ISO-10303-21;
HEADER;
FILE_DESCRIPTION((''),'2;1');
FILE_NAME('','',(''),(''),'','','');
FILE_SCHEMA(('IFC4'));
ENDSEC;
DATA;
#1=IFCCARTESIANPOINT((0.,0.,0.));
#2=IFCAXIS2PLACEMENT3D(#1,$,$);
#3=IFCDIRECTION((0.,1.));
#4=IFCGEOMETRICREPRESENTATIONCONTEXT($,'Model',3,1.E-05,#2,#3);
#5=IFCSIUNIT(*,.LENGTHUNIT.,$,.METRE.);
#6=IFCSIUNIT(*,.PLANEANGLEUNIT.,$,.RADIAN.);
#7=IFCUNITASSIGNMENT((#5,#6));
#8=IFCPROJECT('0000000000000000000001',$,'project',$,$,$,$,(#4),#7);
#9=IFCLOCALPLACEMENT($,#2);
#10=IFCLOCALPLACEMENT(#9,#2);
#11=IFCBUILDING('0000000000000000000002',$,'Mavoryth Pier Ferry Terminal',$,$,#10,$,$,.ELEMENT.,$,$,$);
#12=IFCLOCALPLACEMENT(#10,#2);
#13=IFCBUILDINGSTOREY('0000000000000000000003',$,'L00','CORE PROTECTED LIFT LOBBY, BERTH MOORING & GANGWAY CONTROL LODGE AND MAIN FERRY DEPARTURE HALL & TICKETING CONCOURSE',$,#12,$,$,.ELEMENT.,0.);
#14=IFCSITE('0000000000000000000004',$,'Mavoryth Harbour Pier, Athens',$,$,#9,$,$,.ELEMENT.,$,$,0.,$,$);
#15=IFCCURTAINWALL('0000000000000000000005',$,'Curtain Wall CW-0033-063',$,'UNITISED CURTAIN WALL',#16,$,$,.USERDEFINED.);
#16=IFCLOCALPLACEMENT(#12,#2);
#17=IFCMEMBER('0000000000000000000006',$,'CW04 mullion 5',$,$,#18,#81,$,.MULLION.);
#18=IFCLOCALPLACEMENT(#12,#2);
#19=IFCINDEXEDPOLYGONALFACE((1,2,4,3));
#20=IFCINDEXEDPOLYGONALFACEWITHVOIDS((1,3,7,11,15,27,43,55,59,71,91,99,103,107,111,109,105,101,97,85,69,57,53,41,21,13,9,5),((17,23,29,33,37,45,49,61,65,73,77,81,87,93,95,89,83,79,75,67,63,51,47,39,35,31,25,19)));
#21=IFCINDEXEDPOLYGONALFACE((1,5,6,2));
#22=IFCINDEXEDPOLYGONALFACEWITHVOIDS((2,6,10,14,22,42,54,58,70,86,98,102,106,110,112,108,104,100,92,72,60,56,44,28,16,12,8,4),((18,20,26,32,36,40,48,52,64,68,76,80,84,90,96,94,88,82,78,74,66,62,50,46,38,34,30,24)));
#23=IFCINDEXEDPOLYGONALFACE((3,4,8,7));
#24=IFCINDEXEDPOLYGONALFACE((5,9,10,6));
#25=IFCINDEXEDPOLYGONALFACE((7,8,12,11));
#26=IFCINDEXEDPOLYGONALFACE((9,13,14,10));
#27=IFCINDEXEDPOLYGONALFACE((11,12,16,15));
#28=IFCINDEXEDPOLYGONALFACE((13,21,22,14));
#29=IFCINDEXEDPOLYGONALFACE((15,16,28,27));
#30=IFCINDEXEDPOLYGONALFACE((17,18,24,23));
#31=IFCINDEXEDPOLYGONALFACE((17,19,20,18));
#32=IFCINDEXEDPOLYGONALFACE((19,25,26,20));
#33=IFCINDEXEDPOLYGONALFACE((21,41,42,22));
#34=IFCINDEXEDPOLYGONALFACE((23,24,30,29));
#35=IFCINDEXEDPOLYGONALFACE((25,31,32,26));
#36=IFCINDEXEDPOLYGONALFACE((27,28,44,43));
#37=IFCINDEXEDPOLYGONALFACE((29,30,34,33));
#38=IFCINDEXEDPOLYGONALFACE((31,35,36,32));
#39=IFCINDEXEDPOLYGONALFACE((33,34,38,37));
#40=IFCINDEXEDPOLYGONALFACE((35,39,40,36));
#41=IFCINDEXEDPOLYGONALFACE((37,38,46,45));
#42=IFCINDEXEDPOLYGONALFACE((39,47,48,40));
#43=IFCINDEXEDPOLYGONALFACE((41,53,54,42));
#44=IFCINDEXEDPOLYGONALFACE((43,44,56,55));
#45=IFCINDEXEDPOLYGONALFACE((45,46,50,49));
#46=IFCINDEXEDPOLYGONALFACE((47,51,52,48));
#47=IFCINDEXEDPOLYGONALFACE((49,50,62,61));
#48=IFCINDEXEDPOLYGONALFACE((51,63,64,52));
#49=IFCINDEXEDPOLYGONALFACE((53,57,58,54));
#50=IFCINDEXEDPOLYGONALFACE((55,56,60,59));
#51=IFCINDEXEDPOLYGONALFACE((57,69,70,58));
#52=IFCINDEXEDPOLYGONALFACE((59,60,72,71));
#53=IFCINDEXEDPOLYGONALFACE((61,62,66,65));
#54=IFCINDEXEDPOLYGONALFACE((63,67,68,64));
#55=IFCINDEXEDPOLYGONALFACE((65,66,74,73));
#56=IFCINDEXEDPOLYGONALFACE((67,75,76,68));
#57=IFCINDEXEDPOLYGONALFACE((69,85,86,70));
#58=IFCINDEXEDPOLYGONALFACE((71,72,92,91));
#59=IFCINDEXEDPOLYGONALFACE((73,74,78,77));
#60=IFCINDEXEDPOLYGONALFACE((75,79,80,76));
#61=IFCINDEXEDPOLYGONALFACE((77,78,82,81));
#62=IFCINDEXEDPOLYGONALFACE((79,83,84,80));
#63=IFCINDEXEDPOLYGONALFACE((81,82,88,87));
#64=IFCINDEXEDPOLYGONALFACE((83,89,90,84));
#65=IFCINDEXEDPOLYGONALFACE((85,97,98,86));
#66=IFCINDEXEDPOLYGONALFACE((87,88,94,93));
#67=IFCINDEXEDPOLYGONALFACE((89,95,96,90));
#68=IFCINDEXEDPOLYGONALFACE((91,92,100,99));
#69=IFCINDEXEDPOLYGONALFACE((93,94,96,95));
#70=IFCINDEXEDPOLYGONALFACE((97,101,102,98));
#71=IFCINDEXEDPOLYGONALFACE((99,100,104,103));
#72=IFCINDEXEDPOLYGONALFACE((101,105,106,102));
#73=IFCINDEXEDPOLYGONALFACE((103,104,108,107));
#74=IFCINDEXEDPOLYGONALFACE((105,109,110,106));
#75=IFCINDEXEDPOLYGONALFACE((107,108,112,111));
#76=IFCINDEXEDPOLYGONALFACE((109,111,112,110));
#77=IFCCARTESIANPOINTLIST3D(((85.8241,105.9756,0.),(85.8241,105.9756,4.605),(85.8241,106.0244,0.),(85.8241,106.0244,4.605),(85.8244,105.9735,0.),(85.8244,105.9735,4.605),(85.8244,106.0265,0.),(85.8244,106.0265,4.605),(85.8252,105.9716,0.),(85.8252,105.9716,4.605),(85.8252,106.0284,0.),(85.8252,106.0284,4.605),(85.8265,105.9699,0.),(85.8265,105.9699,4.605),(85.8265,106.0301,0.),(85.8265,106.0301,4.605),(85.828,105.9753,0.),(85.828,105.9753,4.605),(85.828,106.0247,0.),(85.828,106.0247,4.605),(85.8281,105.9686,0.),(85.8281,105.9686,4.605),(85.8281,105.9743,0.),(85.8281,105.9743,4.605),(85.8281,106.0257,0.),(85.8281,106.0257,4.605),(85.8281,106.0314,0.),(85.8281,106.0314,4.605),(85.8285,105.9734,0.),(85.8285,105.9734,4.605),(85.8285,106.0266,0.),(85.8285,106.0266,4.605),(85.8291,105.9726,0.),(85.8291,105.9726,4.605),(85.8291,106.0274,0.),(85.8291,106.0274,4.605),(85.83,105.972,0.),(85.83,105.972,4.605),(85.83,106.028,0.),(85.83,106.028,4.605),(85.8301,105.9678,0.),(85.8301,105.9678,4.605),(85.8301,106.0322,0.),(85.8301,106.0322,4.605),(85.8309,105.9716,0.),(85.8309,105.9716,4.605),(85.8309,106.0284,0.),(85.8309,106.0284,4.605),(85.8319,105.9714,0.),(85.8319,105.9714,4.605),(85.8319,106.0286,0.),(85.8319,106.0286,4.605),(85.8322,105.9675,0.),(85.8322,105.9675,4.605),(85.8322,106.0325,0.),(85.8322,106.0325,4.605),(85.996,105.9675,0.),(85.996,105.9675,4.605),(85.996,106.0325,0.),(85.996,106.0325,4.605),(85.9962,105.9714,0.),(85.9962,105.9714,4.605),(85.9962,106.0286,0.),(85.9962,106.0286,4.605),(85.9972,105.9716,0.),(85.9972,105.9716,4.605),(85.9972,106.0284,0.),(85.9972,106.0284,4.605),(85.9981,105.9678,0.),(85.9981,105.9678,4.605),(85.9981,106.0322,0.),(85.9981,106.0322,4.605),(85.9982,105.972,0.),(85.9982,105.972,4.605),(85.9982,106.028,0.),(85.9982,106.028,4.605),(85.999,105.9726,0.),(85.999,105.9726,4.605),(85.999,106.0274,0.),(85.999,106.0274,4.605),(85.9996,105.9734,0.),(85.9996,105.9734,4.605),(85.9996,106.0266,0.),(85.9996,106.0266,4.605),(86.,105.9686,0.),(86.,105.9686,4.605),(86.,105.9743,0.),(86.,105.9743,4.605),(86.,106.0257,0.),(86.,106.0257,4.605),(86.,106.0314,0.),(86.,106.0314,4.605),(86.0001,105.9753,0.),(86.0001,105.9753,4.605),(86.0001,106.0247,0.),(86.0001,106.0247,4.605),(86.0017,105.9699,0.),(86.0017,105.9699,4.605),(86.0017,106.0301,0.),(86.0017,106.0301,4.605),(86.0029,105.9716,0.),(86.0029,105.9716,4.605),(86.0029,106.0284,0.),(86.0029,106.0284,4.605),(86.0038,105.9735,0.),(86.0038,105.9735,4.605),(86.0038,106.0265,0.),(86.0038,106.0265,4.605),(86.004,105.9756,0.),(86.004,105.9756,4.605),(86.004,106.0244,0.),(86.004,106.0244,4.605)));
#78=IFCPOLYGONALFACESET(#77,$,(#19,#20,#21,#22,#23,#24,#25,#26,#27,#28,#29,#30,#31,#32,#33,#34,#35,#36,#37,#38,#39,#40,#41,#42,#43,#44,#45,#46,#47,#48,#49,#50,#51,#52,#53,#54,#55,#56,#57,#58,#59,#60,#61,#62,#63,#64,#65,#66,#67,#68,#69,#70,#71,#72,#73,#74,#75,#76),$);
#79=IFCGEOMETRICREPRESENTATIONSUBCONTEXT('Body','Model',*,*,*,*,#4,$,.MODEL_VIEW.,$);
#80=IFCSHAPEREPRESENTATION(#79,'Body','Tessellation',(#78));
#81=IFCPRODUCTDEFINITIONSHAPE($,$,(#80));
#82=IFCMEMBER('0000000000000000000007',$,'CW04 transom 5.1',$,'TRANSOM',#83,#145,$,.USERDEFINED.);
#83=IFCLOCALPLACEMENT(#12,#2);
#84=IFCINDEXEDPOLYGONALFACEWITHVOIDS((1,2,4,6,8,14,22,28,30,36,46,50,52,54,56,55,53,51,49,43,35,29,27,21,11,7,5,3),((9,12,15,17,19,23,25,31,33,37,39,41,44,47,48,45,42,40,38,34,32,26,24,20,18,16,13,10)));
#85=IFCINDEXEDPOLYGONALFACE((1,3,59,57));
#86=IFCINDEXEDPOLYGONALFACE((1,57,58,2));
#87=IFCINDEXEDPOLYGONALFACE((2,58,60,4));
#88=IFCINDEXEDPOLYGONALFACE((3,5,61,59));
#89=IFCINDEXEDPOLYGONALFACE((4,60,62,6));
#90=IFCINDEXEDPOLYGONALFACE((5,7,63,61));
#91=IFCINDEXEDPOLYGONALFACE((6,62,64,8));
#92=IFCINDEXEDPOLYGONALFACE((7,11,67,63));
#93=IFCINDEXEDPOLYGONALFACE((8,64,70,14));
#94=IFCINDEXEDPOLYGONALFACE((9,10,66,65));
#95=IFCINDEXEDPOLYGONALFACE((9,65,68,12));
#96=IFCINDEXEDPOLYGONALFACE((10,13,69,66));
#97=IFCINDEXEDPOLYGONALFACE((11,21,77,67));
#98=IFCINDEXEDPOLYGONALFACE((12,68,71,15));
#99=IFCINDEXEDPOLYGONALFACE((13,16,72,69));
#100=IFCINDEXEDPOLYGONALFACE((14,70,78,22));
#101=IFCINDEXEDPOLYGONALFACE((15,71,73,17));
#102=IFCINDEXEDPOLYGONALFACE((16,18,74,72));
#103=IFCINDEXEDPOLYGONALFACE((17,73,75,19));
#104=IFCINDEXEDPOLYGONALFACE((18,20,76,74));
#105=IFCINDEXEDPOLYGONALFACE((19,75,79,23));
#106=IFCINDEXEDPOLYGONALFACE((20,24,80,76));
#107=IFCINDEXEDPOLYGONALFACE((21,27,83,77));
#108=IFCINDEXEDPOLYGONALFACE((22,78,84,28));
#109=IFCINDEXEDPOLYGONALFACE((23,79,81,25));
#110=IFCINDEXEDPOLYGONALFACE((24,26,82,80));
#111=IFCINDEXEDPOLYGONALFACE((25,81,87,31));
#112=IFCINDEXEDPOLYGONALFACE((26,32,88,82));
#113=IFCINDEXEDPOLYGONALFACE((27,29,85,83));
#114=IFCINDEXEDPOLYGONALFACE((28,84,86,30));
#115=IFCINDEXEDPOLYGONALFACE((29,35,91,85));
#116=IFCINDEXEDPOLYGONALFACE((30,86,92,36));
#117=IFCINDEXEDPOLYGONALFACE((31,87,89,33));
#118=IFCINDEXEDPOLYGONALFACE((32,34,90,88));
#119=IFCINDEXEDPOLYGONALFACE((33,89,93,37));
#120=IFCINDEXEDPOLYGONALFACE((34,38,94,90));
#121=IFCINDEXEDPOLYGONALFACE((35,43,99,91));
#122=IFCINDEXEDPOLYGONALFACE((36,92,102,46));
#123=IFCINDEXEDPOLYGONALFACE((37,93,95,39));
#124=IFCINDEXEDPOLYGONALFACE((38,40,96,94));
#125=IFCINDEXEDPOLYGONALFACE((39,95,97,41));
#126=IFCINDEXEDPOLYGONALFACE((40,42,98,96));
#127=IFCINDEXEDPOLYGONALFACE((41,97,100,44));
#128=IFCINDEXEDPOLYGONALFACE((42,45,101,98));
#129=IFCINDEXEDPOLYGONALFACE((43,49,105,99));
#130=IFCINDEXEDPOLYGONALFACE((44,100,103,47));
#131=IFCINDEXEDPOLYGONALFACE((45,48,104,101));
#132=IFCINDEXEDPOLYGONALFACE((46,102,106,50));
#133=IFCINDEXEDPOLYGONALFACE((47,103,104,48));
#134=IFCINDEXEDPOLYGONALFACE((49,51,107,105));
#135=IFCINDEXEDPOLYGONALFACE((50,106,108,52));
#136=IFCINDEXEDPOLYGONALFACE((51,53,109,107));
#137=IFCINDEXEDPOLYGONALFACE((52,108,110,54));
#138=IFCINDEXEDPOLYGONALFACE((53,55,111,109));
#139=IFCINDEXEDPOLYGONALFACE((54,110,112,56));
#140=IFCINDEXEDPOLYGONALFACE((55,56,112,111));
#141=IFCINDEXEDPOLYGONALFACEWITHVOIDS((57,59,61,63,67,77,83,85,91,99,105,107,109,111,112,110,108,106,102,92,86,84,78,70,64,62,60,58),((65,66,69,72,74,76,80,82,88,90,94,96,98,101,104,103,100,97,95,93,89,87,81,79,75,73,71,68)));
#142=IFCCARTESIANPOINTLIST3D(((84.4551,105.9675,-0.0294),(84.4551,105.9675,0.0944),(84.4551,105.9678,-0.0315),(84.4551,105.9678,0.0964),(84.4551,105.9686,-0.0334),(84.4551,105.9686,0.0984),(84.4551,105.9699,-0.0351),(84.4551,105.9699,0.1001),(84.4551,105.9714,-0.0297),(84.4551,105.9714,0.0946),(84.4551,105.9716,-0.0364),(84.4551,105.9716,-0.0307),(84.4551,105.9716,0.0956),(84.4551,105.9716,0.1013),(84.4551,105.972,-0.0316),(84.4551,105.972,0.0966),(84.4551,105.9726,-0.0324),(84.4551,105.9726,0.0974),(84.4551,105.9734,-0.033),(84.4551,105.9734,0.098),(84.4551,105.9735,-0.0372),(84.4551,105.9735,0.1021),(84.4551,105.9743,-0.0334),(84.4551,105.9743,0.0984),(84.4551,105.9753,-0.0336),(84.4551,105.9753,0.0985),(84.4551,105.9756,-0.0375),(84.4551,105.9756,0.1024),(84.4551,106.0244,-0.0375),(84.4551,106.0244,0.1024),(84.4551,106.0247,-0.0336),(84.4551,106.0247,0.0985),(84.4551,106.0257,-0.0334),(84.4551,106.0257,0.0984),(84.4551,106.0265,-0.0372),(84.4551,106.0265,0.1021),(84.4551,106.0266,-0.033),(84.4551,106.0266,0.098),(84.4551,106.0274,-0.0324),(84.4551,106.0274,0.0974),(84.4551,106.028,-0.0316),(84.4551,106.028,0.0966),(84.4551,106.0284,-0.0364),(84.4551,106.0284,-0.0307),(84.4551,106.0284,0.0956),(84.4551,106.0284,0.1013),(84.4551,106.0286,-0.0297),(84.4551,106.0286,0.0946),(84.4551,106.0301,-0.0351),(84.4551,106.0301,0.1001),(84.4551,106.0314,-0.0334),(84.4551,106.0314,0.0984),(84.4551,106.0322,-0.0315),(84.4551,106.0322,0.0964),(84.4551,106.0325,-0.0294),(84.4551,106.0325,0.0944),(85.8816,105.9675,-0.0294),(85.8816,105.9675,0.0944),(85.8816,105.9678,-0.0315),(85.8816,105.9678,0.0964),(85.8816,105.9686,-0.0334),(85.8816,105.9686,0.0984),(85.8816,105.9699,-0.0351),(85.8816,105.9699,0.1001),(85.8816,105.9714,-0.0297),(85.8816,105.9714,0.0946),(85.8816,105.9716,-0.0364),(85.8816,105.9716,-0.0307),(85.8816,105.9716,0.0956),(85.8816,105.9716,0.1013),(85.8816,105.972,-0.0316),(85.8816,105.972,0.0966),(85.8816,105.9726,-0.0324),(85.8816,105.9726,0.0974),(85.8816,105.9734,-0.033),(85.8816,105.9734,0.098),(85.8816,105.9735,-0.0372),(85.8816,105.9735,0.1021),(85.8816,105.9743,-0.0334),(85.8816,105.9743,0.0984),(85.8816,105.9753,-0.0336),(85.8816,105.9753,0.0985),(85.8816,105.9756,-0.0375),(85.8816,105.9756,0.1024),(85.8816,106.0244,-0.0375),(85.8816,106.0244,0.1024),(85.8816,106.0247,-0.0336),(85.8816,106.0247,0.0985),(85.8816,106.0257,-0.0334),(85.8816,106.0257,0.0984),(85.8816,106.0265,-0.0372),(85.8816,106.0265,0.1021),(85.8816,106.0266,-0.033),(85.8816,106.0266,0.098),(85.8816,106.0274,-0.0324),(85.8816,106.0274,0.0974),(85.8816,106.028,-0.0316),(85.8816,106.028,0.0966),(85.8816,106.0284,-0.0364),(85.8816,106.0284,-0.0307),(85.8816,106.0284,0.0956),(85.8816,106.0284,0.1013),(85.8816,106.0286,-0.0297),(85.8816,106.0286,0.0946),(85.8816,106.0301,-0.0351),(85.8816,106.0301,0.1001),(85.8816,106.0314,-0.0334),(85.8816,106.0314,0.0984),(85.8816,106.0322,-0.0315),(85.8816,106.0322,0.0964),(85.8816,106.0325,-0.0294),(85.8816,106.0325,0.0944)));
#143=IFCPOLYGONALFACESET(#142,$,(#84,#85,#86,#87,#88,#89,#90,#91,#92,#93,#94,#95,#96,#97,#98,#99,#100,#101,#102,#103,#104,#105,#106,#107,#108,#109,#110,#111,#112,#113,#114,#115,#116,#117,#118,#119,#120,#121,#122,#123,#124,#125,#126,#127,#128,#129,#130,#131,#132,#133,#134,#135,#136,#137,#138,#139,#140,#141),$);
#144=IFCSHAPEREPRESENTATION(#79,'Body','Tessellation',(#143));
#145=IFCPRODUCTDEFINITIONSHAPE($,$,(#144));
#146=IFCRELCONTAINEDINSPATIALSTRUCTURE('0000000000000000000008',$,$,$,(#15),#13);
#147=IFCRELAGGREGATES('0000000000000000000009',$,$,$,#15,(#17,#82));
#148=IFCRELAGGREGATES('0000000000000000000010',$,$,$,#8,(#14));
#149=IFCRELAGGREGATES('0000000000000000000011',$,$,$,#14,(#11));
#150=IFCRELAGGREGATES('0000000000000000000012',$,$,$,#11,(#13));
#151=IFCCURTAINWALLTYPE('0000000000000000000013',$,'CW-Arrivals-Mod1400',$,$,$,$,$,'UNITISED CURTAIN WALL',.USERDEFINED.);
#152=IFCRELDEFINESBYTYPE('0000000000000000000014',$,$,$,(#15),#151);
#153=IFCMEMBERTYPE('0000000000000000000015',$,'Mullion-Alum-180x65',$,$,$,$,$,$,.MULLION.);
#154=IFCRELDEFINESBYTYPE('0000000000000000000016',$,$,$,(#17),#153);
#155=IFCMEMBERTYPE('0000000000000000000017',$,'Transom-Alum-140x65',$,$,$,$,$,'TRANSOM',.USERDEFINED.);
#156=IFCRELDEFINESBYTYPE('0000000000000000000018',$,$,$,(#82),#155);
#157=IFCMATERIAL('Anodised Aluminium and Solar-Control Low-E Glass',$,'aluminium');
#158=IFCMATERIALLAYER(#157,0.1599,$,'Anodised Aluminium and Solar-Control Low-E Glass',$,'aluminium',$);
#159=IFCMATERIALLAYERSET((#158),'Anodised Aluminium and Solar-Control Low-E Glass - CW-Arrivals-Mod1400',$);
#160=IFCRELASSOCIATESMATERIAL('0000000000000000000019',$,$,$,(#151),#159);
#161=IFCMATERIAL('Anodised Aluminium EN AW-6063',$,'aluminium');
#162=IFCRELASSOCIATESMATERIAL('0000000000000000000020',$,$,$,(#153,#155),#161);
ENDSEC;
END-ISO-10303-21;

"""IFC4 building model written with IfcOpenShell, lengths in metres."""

from ifc_helpers import new_model, si_unit, direction, frame, origin, origin_2d, place, context, subcontext, project, spatial, hollow_rectangle, extrude, material, layer, layer_set, material_profile, profile_set, type_object, element, aggregate, save


model = new_model("IFC4")

# Units and contexts
model_context = context("Model", 3, precision=1e-05, world=origin(), true_north=direction((0.0, 1.0)))
body_context = subcontext(model_context, "Body", "Model", "MODEL_VIEW")
ifc_project = project(units=[si_unit("LENGTHUNIT", "METRE"), si_unit("PLANEANGLEUNIT", "RADIAN")], contexts=[model_context])

# Site, building, storey
site_placement = place(None, origin())
site = spatial("IfcSite", under=ifc_project, at=site_placement, Name="Mavoryth Harbour Pier, Athens", CompositionType="ELEMENT", RefElevation=0.0)
building_placement = place(site_placement, origin())
building = spatial("IfcBuilding", under=site, at=building_placement, Name="Mavoryth Pier Ferry Terminal", CompositionType="ELEMENT")
storey_placement = place(building_placement, origin())
storey = spatial("IfcBuildingStorey", under=building, at=storey_placement, Name="L00", Description="CORE PROTECTED LIFT LOBBY, BERTH MOORING & GANGWAY CONTROL LODGE AND MAIN FERRY DEPARTURE HALL & TICKETING CONCOURSE", CompositionType="ELEMENT", Elevation=0.0)

# Curtain wall, members
ifc_material_1 = material(Name="Anodised Aluminium and Solar-Control Low-E Glass", Category="aluminium")
ifc_layer_1 = layer(ifc_material_1, 0.1599, Name="Anodised Aluminium and Solar-Control Low-E Glass", Category="aluminium")
ifc_layer_set_1 = layer_set([ifc_layer_1], Name="Anodised Aluminium and Solar-Control Low-E Glass - CW-Arrivals-Mod1400")
curtain_wall_type = type_object("IfcCurtainWallType", Name="CW-Arrivals-Mod1400", ElementType="UNITISED CURTAIN WALL", PredefinedType="USERDEFINED", material=ifc_layer_set_1)
curtain_wall_placement = place(storey_placement, origin())
curtain_wall = element("IfcCurtainWall", 1, at=curtain_wall_placement, inside=storey, type_object=curtain_wall_type, Name="Curtain Wall CW-0033-063", ObjectType="UNITISED CURTAIN WALL", PredefinedType="USERDEFINED")
ifc_material_2 = material(Name="Anodised Aluminium EN AW-6063", Category="aluminium")
ifc_material_profile_1 = material_profile(ifc_material_2, hollow_rectangle(XDim=0.0649, YDim=0.1799, WallThickness=0.0039, InnerFilletRadius=0.0039, OuterFilletRadius=0.0081, at=origin_2d()), Name="AL-MULL 180x65x4", Category="aluminium")
ifc_profile_set_1 = profile_set([ifc_material_profile_1], Name="Anodised Aluminium EN AW-6063 - AL-MULL 180x65x4")
member_type_1 = type_object("IfcMemberType", Name="Mullion-Alum-180x65", PredefinedType="MULLION", material=ifc_profile_set_1)
member_1_placement = place(storey_placement, frame((85.9141, 106.0, 0.0), z_axis=(0.0, 0.0, 1.0), x_axis=(0.0, -1.0, 0.0)))
member_1 = element("IfcMember", 2, at=member_1_placement, type_object=member_type_1, Name="CW04 mullion 5", PredefinedType="MULLION", context=body_context, shape_type="SweptSolid", body=[
    extrude(hollow_rectangle(XDim=0.0649, YDim=0.1799, WallThickness=0.0039, InnerFilletRadius=0.0039, OuterFilletRadius=0.0081, at=origin_2d()), origin(), (0.0, 0.0, 1.0), 4.605),
])
ifc_material_profile_2 = material_profile(ifc_material_2, hollow_rectangle(XDim=0.0649, YDim=0.1399, WallThickness=0.0039, InnerFilletRadius=0.0039, OuterFilletRadius=0.0081, at=origin_2d()), Name="AL-TRAN 140x65x4", Category="aluminium")
ifc_profile_set_2 = profile_set([ifc_material_profile_2], Name="Anodised Aluminium EN AW-6063 - AL-TRAN 140x65x4")
member_type_2 = type_object("IfcMemberType", Name="Transom-Alum-140x65", ElementType="TRANSOM", PredefinedType="USERDEFINED", material=ifc_profile_set_2)
member_2_placement = place(storey_placement, frame((85.8816, 106.0, 0.0325), z_axis=(-1.0, 0.0, 0.0), x_axis=(0.0, -1.0, 0.0)))
member_2 = element("IfcMember", 3, at=member_2_placement, type_object=member_type_2, Name="CW04 transom 5.1", ObjectType="TRANSOM", PredefinedType="USERDEFINED", context=body_context, shape_type="SweptSolid", body=[
    extrude(hollow_rectangle(XDim=0.0649, YDim=0.1399, WallThickness=0.0039, InnerFilletRadius=0.0039, OuterFilletRadius=0.0081, at=origin_2d()), origin(), (0.0, 0.0, 1.0), 1.4265),
])
aggregate(curtain_wall, [member_1, member_2])

save(model, "model.ifc")
